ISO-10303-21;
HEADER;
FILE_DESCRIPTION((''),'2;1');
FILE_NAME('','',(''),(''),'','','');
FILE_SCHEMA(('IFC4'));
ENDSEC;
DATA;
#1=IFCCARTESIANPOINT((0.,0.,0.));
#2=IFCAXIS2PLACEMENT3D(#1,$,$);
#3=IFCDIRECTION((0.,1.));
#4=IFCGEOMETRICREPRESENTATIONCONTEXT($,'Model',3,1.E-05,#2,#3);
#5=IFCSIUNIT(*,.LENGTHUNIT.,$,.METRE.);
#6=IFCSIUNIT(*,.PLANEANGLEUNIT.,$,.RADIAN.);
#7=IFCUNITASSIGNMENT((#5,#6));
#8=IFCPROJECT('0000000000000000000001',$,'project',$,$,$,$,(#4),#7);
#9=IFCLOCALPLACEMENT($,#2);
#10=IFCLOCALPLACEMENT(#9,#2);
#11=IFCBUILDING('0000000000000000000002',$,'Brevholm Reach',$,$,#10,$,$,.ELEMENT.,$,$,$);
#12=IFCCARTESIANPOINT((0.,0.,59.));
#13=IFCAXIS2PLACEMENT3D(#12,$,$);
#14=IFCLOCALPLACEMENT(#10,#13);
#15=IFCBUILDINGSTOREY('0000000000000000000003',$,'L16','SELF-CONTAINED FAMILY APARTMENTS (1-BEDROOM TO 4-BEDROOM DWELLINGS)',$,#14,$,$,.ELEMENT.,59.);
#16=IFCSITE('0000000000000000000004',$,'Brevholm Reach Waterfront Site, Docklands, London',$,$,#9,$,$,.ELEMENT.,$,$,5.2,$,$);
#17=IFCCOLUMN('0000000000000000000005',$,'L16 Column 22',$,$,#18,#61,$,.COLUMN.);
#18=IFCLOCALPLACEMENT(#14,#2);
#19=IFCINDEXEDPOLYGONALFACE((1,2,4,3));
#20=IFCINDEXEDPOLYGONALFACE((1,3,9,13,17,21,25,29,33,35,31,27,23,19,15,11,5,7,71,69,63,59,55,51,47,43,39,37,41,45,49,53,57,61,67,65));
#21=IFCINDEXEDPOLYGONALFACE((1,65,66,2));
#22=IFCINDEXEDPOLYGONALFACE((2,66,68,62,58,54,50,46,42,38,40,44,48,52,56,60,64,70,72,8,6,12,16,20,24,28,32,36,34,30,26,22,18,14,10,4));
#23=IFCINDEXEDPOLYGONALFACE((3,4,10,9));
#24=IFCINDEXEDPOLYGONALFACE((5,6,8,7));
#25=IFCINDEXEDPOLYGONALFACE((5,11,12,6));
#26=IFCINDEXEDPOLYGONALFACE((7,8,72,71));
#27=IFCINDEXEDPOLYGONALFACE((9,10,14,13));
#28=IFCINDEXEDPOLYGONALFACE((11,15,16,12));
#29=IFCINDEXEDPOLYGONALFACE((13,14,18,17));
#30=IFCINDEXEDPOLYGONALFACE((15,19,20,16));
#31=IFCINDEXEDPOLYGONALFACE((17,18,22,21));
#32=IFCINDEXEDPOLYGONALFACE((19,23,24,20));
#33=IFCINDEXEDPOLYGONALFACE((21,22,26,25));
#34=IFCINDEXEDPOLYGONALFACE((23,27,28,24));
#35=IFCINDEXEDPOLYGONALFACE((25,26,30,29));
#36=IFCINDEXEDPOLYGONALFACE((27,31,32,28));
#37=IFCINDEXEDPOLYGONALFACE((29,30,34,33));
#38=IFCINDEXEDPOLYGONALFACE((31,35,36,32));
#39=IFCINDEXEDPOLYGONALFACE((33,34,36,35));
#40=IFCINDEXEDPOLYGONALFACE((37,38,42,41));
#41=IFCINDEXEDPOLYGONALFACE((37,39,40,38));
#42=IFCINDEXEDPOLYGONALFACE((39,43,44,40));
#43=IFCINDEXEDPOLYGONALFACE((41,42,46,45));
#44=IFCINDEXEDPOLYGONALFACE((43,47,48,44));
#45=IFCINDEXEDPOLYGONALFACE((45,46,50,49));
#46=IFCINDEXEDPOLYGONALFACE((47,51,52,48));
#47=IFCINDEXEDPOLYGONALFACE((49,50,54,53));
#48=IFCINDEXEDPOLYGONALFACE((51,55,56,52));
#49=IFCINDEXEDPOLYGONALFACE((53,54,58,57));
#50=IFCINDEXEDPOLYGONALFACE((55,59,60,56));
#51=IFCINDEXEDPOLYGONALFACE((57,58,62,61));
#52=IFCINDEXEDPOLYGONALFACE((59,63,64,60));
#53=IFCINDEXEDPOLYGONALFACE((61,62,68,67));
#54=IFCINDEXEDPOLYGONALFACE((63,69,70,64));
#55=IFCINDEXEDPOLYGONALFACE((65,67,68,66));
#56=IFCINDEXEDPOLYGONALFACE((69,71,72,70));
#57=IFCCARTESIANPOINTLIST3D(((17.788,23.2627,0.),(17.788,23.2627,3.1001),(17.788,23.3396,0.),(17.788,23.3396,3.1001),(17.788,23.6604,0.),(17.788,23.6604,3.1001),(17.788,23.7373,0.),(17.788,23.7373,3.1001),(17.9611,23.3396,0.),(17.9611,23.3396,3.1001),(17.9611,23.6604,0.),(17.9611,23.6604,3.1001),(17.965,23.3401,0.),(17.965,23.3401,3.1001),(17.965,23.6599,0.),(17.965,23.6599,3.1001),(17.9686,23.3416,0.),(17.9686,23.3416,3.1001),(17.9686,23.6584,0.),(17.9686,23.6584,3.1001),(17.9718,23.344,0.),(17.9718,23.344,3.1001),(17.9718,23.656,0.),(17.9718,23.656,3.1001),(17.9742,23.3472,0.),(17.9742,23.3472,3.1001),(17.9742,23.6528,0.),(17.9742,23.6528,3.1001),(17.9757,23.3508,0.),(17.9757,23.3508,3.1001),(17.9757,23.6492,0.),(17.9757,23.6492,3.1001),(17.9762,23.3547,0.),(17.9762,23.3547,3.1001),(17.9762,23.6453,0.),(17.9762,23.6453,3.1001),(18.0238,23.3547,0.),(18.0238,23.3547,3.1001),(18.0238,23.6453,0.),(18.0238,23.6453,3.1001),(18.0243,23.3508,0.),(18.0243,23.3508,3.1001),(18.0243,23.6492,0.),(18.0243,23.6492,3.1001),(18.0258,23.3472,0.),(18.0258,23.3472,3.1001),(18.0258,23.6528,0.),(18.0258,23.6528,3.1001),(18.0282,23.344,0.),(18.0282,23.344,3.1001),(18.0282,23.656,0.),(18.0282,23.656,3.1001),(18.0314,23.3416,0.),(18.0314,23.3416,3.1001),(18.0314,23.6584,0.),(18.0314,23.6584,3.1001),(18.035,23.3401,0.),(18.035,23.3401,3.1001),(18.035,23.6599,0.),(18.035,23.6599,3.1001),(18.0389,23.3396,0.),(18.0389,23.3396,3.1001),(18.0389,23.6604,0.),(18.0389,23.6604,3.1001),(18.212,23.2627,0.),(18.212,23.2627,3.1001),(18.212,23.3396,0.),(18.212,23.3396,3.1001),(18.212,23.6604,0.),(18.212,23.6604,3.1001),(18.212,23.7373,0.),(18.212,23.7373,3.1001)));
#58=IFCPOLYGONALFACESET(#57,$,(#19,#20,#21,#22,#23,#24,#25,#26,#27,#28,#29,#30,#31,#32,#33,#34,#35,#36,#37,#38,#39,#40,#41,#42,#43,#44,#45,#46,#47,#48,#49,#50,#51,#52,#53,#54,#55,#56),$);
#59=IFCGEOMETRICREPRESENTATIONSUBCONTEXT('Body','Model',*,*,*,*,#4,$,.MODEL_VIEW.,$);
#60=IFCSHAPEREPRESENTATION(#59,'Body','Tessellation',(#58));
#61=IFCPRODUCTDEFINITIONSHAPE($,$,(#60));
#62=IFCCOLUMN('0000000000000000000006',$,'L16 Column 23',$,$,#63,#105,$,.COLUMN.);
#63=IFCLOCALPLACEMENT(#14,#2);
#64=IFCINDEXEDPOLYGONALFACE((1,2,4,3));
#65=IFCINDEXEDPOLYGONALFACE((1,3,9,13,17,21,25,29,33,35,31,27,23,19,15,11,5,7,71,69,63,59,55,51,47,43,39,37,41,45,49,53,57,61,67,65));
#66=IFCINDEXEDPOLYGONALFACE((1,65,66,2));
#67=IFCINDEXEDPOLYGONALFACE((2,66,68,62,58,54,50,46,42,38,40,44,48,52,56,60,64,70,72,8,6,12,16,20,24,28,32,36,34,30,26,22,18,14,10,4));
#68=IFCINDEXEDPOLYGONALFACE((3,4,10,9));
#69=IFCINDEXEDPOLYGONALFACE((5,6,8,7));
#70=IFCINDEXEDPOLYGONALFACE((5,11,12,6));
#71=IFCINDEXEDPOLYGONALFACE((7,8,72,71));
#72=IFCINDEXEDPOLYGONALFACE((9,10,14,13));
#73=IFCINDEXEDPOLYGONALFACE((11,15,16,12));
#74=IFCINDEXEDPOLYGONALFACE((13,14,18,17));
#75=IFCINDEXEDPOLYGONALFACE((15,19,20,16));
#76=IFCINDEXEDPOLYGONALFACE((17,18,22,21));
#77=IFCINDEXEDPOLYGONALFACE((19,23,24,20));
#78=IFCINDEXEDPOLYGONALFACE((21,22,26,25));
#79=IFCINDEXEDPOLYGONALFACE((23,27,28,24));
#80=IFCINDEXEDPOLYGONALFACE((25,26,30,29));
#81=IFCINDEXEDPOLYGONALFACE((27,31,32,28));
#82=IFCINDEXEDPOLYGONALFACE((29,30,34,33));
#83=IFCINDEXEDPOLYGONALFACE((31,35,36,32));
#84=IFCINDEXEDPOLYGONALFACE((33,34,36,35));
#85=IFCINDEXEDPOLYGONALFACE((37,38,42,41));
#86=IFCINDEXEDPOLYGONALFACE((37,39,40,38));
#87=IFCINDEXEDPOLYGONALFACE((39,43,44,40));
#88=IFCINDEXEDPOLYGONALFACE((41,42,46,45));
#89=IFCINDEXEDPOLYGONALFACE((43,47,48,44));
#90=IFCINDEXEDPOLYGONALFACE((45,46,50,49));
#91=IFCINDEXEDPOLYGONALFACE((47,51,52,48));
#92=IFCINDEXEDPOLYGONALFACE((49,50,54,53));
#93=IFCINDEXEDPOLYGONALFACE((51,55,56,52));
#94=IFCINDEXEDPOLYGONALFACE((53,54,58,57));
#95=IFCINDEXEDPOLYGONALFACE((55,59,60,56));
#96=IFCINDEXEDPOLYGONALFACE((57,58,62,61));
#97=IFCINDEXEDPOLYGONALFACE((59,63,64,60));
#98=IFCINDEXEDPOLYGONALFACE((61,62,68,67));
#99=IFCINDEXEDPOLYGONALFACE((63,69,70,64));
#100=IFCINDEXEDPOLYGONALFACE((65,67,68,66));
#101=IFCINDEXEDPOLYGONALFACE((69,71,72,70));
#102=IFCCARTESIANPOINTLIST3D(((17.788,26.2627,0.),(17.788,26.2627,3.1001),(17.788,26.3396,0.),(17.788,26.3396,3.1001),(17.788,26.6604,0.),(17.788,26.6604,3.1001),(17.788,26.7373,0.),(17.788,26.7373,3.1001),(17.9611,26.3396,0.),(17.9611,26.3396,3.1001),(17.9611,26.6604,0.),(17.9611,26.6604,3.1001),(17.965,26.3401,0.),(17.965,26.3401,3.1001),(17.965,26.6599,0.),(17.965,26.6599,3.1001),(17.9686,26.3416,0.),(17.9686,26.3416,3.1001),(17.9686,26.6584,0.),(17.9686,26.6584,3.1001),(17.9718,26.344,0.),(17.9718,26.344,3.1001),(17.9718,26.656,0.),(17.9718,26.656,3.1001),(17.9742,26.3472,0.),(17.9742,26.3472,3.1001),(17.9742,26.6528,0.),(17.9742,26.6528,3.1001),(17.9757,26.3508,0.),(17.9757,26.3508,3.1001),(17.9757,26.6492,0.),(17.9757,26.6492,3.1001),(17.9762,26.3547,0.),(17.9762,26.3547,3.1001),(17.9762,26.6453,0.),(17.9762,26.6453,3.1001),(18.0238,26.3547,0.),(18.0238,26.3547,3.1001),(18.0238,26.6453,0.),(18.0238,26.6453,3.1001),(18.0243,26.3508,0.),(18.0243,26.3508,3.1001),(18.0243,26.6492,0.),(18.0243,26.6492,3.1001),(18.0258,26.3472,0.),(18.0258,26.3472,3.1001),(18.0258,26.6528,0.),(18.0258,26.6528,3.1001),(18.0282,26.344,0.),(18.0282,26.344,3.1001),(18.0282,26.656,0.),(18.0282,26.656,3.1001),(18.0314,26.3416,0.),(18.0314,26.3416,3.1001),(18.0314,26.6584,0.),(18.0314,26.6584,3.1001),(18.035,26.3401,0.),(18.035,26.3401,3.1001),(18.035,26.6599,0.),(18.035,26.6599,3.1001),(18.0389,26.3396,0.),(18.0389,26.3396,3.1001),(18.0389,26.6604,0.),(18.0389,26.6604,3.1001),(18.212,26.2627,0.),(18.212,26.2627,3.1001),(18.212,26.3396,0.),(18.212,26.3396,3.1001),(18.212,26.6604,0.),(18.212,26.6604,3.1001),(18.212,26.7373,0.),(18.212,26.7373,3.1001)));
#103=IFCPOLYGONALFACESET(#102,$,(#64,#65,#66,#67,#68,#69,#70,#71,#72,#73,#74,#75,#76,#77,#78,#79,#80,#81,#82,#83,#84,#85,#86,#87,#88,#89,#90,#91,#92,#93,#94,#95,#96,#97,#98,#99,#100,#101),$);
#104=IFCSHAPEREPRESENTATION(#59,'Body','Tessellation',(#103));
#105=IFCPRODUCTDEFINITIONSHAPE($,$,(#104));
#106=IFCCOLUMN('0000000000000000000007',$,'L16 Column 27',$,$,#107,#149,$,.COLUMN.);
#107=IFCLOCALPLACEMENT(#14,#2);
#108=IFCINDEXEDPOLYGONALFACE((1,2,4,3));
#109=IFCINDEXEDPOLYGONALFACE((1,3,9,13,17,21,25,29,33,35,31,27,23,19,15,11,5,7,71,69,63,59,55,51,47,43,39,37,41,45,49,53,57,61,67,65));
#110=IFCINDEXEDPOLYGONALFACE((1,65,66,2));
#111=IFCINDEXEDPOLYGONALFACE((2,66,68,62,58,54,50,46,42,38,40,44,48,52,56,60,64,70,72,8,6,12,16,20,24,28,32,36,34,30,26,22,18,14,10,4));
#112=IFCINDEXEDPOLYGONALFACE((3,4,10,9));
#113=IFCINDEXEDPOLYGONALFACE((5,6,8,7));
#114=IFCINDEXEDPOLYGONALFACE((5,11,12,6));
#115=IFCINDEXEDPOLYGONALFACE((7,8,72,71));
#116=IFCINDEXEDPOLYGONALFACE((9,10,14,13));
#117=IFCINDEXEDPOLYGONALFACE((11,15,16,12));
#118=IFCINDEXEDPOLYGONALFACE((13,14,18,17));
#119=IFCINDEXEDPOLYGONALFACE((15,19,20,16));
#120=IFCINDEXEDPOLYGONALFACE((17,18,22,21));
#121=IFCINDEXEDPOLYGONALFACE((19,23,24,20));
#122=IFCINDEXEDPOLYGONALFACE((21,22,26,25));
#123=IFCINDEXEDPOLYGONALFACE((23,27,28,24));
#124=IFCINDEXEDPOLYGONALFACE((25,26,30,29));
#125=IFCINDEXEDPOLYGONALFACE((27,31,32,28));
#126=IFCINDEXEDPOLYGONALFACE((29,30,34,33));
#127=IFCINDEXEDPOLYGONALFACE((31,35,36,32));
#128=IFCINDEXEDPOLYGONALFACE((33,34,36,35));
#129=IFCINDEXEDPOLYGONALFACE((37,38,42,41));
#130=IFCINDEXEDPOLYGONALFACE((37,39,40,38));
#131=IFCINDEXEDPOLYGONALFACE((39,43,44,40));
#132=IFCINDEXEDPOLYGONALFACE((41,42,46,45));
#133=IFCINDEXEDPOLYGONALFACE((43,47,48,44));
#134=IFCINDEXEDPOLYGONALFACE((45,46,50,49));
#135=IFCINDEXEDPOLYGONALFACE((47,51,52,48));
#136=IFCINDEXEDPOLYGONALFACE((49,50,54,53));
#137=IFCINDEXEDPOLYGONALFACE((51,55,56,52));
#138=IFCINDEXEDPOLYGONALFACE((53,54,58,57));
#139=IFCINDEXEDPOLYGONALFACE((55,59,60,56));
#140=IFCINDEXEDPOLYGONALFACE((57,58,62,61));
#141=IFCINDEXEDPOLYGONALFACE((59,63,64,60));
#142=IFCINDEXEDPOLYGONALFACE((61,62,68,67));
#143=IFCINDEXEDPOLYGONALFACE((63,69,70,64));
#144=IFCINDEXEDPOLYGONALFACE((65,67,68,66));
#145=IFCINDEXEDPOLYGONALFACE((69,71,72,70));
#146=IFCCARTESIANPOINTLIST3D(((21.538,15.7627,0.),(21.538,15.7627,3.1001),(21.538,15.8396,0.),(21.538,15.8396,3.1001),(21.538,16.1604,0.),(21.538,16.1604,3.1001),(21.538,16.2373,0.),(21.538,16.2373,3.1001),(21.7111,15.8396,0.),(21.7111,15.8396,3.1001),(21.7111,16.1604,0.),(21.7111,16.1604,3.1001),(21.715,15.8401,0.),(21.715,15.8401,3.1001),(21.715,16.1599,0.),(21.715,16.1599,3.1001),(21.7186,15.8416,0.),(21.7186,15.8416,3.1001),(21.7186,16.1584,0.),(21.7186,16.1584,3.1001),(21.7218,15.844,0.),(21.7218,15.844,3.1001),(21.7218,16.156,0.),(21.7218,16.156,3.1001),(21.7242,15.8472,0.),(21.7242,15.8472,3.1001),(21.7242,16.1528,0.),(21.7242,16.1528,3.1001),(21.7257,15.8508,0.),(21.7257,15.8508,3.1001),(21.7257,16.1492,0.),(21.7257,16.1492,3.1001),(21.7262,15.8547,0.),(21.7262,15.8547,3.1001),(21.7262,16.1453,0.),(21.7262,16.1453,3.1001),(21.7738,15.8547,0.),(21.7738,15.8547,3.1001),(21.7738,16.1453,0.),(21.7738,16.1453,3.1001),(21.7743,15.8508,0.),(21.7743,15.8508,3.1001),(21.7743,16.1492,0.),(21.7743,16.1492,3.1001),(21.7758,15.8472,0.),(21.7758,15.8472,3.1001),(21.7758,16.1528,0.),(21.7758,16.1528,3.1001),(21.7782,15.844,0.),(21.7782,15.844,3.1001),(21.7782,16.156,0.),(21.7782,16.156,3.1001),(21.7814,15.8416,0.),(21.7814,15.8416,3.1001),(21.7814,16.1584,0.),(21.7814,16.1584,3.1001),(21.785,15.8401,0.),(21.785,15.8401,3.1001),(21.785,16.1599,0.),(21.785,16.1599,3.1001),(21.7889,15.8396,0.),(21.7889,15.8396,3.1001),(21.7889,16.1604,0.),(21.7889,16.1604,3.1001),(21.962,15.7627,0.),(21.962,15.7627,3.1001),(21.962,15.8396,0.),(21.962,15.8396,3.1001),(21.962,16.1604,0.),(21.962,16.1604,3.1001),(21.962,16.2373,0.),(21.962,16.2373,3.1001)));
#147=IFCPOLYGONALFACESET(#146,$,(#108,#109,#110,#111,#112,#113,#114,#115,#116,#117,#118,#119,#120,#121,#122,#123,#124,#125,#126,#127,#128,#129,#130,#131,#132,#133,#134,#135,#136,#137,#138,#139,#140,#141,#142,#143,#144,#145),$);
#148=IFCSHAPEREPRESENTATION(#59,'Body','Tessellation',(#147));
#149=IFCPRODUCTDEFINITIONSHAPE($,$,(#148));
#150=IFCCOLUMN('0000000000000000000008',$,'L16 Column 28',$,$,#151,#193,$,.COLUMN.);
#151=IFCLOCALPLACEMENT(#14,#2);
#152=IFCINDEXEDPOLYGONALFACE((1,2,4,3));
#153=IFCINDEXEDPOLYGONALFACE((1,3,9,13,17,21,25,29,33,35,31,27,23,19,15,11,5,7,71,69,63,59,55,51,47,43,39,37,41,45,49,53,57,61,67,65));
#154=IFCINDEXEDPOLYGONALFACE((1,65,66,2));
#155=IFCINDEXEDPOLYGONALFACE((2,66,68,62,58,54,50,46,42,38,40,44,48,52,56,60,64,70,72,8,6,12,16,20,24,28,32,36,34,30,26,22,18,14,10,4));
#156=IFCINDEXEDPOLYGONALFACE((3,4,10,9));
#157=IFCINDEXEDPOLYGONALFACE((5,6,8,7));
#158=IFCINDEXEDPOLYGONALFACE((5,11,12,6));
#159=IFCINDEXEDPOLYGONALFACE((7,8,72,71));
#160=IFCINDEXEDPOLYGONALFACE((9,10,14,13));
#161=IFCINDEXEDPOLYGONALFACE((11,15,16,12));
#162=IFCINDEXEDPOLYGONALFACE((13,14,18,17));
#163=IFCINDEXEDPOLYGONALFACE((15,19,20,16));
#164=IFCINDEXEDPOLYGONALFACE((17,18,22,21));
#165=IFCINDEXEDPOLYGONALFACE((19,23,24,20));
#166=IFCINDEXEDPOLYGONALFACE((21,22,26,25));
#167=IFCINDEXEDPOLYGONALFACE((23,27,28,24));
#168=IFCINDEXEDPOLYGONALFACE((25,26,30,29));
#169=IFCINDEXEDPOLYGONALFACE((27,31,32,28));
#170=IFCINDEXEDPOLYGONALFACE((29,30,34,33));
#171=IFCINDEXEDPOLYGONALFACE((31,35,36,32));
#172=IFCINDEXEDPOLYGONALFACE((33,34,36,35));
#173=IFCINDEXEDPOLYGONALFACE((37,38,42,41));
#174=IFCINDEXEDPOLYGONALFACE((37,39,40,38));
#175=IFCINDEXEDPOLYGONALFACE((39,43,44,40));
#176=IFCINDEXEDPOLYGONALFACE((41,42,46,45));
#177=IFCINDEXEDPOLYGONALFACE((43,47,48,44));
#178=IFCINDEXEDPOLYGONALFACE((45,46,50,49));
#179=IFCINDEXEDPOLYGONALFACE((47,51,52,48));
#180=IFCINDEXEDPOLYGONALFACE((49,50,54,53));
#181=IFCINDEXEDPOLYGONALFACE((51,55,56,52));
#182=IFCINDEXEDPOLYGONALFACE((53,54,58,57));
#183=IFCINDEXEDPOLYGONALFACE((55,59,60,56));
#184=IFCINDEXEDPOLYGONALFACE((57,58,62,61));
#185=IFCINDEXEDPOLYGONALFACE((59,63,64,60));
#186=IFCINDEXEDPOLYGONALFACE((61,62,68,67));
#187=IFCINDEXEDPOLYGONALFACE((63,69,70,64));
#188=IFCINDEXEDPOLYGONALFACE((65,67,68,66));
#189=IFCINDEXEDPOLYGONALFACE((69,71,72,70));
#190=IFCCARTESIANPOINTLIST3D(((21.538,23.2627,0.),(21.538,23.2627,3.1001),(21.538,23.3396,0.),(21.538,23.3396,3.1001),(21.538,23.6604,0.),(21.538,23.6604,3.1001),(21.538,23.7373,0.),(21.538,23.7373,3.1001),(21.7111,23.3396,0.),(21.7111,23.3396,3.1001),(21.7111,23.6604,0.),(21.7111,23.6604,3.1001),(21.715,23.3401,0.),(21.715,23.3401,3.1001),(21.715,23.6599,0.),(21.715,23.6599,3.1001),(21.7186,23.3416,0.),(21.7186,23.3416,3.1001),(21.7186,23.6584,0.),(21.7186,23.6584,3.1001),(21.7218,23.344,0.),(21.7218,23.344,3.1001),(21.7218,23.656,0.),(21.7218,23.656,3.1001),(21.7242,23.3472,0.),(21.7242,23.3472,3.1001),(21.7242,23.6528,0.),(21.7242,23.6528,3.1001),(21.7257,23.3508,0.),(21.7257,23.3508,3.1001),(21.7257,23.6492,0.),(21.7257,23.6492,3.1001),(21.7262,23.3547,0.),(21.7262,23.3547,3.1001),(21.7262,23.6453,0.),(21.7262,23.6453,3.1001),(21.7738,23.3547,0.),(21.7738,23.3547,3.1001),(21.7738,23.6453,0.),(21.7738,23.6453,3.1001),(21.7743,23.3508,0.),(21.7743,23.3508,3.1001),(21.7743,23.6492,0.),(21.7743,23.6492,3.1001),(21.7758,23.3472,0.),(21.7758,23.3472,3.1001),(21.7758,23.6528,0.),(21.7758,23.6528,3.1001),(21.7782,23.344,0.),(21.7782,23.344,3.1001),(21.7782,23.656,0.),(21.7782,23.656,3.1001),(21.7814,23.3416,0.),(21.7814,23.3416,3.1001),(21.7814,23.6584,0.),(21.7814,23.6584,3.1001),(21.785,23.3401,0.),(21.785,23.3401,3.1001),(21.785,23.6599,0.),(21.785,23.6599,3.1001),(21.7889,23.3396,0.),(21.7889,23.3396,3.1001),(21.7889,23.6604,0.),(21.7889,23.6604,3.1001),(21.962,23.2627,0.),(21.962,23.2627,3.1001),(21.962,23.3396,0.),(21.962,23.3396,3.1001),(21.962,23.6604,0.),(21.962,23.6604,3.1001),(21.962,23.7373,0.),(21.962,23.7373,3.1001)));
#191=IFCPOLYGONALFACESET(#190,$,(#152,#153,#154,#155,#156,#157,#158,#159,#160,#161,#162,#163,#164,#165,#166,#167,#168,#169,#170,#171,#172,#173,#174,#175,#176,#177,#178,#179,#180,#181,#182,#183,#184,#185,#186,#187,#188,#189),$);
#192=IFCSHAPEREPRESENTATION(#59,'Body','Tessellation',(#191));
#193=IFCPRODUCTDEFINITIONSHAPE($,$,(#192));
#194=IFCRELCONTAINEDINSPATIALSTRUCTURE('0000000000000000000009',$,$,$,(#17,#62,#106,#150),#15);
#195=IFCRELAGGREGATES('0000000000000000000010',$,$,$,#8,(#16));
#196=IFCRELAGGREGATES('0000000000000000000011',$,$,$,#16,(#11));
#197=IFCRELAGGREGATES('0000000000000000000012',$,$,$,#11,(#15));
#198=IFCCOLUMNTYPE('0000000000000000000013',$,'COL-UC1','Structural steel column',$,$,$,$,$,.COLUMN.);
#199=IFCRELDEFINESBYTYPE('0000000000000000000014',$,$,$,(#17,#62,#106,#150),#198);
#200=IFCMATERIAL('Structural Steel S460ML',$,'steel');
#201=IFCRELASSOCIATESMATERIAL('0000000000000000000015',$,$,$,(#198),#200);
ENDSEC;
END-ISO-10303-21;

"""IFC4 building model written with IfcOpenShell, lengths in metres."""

from ifc_helpers import new_model, si_unit, direction, frame, origin, origin_2d, place, context, subcontext, project, spatial, i_section, extrude, material, material_profile, profile_set, type_object, element, save


model = new_model("IFC4")

# Units and contexts
model_context = context("Model", 3, precision=1e-05, world=origin(), true_north=direction((0.0, 1.0)))
body_context = subcontext(model_context, "Body", "Model", "MODEL_VIEW")
ifc_project = project(units=[si_unit("LENGTHUNIT", "METRE"), si_unit("PLANEANGLEUNIT", "RADIAN")], contexts=[model_context])

# Site, building, storey
site_placement = place(None, origin())
site = spatial("IfcSite", under=ifc_project, at=site_placement, Name="Brevholm Reach Waterfront Site, Docklands, London", CompositionType="ELEMENT", RefElevation=5.2)
building_placement = place(site_placement, origin())
building = spatial("IfcBuilding", under=site, at=building_placement, Name="Brevholm Reach", CompositionType="ELEMENT")
storey_placement = place(building_placement, frame((0.0, 0.0, 59.0)))
storey = spatial("IfcBuildingStorey", under=building, at=storey_placement, Name="L16", Description="SELF-CONTAINED FAMILY APARTMENTS (1-BEDROOM TO 4-BEDROOM DWELLINGS)", CompositionType="ELEMENT", Elevation=59.0)

# Columns
ifc_material_1 = material(Name="Structural Steel S460ML", Category="steel")
ifc_material_profile_1 = material_profile(ifc_material_1, i_section(OverallWidth=0.4241, OverallDepth=0.4746, WebThickness=0.0476, FlangeThickness=0.0769, FilletRadius=0.0151, at=origin_2d()), Name="UKC 356x406x634")
ifc_profile_set_1 = profile_set([ifc_material_profile_1], Name="Structural Steel S460ML")
column_type_1 = type_object("IfcColumnType", Name="COL-UC1", Description="Structural steel column", PredefinedType="COLUMN", material=ifc_profile_set_1)
for number, where, z_axis, x_axis, name in (
    (1, (18.0, 23.5, 0.0), (0.0, 0.0, 1.0), (1.0, 0.0, 0.0), "L16 Column 22"),
    (2, (18.0, 26.5, 0.0), (0.0, 0.0, 1.0), (1.0, 0.0, 0.0), "L16 Column 23"),
    (3, (21.75, 16.0, 0.0), (0.0, 0.0, 1.0), (1.0, 0.0, 0.0), "L16 Column 27"),
    (4, (21.75, 23.5, 0.0), (0.0, 0.0, 1.0), (1.0, 0.0, 0.0), "L16 Column 28"),
):
    element("IfcColumn", number, at=place(storey_placement, frame(where, z_axis=z_axis, x_axis=x_axis)), inside=storey, type_object=column_type_1, Name=name, PredefinedType="COLUMN", context=body_context, shape_type="SweptSolid", body=[
        extrude(i_section(OverallWidth=0.4241, OverallDepth=0.4746, WebThickness=0.0476, FlangeThickness=0.0769, FilletRadius=0.0151, at=origin_2d()), origin(), (0.0, 0.0, 1.0), 3.1001),
    ])

save(model, "model.ifc")
